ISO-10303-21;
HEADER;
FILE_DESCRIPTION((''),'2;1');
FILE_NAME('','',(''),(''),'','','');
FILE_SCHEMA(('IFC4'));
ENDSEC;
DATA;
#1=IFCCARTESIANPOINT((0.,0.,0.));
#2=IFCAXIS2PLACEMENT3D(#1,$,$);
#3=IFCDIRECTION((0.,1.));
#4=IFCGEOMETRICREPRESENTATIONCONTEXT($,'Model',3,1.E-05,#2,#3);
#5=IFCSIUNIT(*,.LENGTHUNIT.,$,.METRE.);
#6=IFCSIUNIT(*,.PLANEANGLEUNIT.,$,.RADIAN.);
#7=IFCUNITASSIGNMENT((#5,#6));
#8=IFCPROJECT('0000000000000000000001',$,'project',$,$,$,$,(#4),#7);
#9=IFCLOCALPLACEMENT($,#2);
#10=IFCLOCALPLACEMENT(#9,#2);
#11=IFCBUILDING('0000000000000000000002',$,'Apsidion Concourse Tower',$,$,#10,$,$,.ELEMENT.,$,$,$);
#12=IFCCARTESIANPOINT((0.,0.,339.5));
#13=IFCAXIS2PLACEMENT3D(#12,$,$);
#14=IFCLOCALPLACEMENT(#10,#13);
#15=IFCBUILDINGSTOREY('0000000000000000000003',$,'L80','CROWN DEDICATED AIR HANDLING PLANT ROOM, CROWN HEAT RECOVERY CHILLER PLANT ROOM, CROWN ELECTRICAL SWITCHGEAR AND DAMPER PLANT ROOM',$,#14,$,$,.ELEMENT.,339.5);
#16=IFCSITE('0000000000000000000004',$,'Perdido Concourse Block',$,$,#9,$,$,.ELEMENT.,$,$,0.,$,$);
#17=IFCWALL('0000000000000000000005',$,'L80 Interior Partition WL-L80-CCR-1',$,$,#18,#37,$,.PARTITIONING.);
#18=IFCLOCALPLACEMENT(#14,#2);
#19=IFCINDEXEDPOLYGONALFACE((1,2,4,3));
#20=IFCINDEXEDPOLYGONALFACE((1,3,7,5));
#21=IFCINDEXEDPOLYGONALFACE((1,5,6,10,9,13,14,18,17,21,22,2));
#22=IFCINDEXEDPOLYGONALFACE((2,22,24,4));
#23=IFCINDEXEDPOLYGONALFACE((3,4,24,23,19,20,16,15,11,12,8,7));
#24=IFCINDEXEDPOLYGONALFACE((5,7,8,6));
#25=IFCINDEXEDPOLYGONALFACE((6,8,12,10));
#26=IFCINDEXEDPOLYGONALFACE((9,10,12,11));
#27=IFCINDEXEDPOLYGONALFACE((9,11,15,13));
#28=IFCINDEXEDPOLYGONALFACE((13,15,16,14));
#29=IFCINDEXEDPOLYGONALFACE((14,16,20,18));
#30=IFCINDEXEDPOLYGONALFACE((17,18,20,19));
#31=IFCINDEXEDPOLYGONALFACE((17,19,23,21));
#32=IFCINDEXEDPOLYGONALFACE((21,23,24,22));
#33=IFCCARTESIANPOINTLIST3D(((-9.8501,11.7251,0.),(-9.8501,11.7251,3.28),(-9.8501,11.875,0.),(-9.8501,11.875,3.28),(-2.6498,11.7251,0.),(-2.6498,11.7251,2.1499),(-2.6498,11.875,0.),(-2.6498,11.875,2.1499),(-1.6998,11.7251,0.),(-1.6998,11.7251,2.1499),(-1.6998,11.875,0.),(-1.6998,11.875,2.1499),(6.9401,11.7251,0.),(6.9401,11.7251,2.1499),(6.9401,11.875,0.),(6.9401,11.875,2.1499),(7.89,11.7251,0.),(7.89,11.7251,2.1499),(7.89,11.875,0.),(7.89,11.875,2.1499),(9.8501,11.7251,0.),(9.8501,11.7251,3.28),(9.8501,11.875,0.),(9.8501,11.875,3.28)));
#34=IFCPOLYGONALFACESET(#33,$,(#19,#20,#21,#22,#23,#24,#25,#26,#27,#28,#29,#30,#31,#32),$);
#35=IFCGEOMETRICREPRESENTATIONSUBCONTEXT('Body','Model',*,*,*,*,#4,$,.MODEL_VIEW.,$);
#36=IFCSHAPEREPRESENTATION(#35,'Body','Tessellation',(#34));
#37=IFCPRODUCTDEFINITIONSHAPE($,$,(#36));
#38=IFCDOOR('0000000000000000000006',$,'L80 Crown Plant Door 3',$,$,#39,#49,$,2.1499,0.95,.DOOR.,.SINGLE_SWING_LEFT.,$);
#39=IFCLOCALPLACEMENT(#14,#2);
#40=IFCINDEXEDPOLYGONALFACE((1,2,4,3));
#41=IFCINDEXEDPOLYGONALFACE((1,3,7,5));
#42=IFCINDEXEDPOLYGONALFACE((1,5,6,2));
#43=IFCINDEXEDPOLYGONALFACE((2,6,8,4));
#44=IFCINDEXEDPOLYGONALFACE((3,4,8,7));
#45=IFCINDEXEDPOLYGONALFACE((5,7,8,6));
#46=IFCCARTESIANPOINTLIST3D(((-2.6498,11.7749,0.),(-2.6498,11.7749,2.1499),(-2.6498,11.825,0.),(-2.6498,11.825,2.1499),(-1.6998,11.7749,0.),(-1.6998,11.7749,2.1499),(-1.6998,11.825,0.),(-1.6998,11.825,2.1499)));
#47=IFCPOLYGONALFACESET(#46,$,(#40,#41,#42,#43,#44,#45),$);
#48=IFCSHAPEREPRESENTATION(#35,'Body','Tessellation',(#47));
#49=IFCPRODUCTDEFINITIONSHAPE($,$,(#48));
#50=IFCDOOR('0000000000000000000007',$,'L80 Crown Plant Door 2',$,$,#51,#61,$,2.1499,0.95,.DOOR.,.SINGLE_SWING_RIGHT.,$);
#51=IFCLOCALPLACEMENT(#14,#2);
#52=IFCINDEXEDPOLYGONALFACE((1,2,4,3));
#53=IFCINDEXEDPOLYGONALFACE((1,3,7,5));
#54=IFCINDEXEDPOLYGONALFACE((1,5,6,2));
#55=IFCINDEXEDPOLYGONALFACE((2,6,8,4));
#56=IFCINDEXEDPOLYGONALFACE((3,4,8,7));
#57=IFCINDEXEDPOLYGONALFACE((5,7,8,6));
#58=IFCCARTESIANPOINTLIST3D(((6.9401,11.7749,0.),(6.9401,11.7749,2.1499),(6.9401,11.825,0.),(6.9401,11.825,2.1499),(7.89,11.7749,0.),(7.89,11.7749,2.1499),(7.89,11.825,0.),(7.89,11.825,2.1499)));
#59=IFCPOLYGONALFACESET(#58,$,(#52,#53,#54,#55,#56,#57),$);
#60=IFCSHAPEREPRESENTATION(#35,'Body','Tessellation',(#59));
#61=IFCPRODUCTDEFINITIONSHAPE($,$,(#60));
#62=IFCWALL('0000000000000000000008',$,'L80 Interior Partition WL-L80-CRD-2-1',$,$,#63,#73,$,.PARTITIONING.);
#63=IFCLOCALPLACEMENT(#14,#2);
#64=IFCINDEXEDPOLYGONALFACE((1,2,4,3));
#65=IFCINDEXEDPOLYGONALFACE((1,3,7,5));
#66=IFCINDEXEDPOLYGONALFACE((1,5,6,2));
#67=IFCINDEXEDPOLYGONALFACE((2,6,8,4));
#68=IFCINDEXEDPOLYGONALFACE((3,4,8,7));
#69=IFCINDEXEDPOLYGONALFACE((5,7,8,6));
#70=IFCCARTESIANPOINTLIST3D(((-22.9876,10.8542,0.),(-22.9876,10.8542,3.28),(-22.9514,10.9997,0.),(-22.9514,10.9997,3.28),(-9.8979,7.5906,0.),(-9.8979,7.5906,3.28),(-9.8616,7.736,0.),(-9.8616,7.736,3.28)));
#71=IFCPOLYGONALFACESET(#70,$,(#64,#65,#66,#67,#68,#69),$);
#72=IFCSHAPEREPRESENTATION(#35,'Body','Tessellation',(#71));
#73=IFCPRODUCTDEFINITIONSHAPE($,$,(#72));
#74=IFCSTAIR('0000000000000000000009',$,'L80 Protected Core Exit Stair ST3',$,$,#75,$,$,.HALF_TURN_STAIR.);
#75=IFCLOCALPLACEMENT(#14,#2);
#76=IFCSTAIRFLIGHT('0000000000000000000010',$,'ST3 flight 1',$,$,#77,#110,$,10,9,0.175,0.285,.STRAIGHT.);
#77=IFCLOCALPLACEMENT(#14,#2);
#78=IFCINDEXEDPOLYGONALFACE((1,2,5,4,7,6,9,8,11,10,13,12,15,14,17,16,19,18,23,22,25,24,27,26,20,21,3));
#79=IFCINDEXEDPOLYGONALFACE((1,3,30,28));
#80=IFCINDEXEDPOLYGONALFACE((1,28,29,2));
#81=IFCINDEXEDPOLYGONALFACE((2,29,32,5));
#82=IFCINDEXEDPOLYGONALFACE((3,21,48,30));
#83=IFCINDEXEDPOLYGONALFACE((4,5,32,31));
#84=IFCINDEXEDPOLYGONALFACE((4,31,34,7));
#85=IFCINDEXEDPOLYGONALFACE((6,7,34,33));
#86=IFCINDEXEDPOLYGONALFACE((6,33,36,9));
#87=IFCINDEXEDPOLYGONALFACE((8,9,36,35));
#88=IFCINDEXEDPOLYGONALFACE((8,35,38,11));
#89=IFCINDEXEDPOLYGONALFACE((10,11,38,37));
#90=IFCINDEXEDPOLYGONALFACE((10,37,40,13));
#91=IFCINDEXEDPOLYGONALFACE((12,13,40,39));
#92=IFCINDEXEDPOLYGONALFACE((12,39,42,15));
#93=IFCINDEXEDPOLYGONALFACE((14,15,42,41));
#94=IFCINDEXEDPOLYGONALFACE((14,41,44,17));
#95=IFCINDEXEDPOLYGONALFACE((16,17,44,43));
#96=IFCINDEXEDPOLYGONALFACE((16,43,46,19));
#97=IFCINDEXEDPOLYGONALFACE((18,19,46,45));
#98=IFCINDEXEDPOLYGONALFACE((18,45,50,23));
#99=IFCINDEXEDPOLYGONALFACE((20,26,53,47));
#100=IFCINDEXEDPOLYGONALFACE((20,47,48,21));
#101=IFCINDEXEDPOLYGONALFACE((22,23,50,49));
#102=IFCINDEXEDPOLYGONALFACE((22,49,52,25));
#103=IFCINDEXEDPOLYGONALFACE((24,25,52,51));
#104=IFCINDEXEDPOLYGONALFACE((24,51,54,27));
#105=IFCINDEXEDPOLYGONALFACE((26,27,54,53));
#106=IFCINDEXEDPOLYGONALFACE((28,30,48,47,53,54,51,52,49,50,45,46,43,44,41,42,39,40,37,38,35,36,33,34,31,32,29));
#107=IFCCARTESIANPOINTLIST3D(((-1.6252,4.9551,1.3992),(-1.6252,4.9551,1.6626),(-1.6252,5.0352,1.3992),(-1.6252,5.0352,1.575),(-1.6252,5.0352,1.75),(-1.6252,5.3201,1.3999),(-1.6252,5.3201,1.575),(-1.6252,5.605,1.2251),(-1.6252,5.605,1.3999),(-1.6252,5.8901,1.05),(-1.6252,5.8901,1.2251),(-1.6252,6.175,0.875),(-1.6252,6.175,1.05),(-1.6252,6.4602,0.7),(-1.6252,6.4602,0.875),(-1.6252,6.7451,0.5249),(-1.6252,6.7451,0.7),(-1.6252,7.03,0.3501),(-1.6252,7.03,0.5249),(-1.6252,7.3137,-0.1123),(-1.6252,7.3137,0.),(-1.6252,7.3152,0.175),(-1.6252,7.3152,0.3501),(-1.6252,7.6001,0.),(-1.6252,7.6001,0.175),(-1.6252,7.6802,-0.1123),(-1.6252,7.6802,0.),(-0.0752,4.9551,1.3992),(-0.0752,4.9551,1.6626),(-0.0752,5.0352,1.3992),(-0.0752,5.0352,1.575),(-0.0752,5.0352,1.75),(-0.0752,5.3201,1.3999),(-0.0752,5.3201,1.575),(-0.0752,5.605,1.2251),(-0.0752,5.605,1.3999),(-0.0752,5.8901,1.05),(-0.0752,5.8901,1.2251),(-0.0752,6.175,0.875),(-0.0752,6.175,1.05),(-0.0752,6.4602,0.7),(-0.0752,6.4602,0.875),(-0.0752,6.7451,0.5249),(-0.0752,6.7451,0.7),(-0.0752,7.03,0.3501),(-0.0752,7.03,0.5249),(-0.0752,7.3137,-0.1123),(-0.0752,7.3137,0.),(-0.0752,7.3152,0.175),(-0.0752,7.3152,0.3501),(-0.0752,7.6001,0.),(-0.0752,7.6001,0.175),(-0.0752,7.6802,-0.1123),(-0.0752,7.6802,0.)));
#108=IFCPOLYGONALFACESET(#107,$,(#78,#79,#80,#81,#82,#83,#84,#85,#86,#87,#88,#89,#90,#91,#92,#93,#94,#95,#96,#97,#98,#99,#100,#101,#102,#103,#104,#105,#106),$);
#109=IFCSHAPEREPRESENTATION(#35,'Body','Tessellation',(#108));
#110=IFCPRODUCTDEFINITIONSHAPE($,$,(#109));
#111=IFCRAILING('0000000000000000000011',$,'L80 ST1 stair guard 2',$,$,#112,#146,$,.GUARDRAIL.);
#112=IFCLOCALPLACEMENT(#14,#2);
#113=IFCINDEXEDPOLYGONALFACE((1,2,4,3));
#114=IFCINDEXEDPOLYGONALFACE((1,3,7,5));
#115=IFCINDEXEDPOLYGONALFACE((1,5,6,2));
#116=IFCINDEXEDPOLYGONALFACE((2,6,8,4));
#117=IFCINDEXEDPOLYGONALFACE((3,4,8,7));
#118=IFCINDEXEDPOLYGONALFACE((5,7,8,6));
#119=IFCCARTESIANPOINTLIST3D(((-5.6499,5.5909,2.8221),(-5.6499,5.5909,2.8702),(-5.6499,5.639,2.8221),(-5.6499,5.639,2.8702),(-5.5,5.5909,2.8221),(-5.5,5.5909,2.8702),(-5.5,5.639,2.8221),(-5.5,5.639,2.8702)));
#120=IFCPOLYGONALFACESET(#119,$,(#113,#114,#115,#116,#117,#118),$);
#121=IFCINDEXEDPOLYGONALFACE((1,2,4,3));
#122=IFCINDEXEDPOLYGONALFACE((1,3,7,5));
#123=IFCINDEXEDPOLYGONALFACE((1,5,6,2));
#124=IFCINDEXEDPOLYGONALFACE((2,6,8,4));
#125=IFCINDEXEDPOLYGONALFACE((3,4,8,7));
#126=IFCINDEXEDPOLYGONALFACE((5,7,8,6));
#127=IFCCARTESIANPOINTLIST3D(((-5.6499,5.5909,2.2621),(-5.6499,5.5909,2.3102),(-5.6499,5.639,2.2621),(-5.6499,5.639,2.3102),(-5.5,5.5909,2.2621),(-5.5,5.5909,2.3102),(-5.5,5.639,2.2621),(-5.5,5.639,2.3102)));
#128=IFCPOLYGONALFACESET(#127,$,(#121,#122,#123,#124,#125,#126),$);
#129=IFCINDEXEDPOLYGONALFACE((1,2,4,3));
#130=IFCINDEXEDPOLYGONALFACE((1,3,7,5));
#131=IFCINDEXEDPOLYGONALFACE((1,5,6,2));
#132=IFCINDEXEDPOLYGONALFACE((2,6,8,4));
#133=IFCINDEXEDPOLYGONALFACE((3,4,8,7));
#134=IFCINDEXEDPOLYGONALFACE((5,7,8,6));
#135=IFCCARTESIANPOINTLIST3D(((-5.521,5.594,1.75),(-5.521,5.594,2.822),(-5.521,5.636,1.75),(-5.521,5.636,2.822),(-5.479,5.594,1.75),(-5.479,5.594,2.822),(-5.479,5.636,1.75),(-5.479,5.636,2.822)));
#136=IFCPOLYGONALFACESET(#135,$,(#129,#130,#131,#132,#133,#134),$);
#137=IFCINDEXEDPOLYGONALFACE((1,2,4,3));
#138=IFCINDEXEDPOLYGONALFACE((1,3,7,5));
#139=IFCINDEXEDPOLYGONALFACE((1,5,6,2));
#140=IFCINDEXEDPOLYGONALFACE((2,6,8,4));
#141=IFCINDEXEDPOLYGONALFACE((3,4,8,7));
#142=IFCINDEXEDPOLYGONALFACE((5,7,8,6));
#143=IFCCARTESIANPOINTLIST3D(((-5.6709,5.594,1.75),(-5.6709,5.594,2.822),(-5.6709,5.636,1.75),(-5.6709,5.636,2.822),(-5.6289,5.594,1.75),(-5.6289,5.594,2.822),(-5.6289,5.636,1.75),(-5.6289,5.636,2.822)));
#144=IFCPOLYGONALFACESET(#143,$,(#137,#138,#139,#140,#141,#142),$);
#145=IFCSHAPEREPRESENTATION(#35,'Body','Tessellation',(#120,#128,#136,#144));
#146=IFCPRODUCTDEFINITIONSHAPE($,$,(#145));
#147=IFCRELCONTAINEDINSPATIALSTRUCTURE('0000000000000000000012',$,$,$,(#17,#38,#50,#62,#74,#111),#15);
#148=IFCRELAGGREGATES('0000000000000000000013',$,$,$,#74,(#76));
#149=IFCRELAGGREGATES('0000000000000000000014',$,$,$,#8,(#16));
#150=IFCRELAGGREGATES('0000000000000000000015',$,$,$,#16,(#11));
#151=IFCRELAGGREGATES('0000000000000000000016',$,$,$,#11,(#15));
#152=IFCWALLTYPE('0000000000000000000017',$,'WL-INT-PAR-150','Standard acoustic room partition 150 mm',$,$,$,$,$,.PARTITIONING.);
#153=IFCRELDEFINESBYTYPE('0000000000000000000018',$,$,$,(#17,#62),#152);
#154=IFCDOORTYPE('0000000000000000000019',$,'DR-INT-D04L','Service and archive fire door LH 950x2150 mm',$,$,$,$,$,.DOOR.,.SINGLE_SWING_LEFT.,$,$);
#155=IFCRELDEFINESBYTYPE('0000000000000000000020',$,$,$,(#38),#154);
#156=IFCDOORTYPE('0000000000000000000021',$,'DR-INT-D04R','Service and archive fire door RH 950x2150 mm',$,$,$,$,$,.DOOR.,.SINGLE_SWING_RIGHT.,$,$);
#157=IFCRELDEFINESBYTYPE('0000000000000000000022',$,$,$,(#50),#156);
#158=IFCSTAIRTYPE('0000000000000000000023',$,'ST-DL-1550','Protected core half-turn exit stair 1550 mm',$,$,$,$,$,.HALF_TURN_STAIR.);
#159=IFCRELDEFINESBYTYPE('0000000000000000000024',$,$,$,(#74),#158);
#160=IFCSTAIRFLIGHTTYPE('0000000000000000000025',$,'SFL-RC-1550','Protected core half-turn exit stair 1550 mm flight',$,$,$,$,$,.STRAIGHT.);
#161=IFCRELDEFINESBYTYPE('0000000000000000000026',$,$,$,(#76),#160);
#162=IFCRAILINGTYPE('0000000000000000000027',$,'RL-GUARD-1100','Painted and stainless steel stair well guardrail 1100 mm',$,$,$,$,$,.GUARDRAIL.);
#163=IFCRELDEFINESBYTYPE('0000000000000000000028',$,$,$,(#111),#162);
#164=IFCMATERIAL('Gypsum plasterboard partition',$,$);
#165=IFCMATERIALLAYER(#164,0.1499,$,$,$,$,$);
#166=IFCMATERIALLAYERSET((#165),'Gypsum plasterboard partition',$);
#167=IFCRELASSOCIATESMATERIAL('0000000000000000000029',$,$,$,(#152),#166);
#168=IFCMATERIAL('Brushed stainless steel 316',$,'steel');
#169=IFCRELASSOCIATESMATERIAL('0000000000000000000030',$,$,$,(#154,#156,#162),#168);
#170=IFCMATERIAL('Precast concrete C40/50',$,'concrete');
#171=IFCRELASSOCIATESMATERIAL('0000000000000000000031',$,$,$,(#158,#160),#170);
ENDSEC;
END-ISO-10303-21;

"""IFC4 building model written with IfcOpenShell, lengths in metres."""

from ifc_helpers import new_model, si_unit, direction, frame, frame_2d, origin, origin_2d, place, context, subcontext, project, spatial, polyline, rectangle, outline, extrude, material, layer, layer_set, type_object, element, fill, aggregate, save


model = new_model("IFC4")

# Units and contexts
model_context = context("Model", 3, precision=1e-05, world=origin(), true_north=direction((0.0, 1.0)))
body_context = subcontext(model_context, "Body", "Model", "MODEL_VIEW")
ifc_project = project(units=[si_unit("LENGTHUNIT", "METRE"), si_unit("PLANEANGLEUNIT", "RADIAN")], contexts=[model_context])

# Site, building, storey
site_placement = place(None, origin())
site = spatial("IfcSite", under=ifc_project, at=site_placement, Name="Perdido Concourse Block", CompositionType="ELEMENT", RefElevation=0.0)
building_placement = place(site_placement, origin())
building = spatial("IfcBuilding", under=site, at=building_placement, Name="Apsidion Concourse Tower", CompositionType="ELEMENT")
storey_placement = place(building_placement, frame((0.0, 0.0, 339.5)))
storey = spatial("IfcBuildingStorey", under=building, at=storey_placement, Name="L80", Description="CROWN DEDICATED AIR HANDLING PLANT ROOM, CROWN HEAT RECOVERY CHILLER PLANT ROOM, CROWN ELECTRICAL SWITCHGEAR AND DAMPER PLANT ROOM", CompositionType="ELEMENT", Elevation=339.5)

# Shared definitions
ifc_material_1 = material(Name="Precast concrete C40/50", Category="concrete")

# Wall, openings, doors
ifc_material_2 = material(Name="Gypsum plasterboard partition")
ifc_layer_1 = layer(ifc_material_2, 0.1499)
ifc_layer_set_1 = layer_set([ifc_layer_1], Name="Gypsum plasterboard partition")
wall_type_1 = type_object("IfcWallType", Name="WL-INT-PAR-150", Description="Standard acoustic room partition 150 mm", PredefinedType="PARTITIONING", material=ifc_layer_set_1)
wall_1_placement = place(storey_placement, frame((-9.8501, 11.8, 0.0), z_axis=(0.0, 0.0, 1.0), x_axis=(1.0, 0.0, 0.0)))
wall_1 = element("IfcWall", 1, at=wall_1_placement, inside=storey, type_object=wall_type_1, Name="L80 Interior Partition WL-L80-CCR-1", PredefinedType="PARTITIONING", context=body_context, shape_type="SweptSolid", body=[
    extrude(rectangle(XDim=19.7002, YDim=0.1499, at=frame_2d((9.8501, 0.0))), origin(), (0.0, 0.0, 1.0), 3.28),
])
opening_1_placement = place(wall_1_placement, frame((16.79, 0.0, 0.0)))
opening_1 = element("IfcOpeningElement", 2, at=opening_1_placement, cuts=wall_1, PredefinedType="OPENING", context=body_context, shape_type="SweptSolid", body=[
    extrude(rectangle(XDim=0.95, YDim=2.1499, at=frame_2d((0.4751, 1.075))), frame((0.0, 0.085, 0.0), z_axis=(0.0, -1.0, 0.0), x_axis=(1.0, 0.0, 0.0)), (0.0, 0.0, 1.0), 0.1699),
])
opening_2_placement = place(wall_1_placement, frame((7.2002, 0.0, 0.0)))
opening_2 = element("IfcOpeningElement", 3, at=opening_2_placement, cuts=wall_1, PredefinedType="OPENING", context=body_context, shape_type="SweptSolid", body=[
    extrude(rectangle(XDim=0.95, YDim=2.1499, at=frame_2d((0.4751, 1.075))), frame((0.0, 0.085, 0.0), z_axis=(0.0, -1.0, 0.0), x_axis=(1.0, 0.0, 0.0)), (0.0, 0.0, 1.0), 0.1699),
])
ifc_material_3 = material(Name="Brushed stainless steel 316", Category="steel")
door_type_1 = type_object("IfcDoorType", Name="DR-INT-D04L", Description="Service and archive fire door LH 950x2150 mm", OperationType="SINGLE_SWING_LEFT", PredefinedType="DOOR", material=ifc_material_3)
door_1_placement = place(opening_2_placement, origin())
door_1 = element("IfcDoor", 4, at=door_1_placement, inside=storey, type_object=door_type_1, Name="L80 Crown Plant Door 3", OperationType="SINGLE_SWING_LEFT", OverallHeight=2.1499, OverallWidth=0.95, PredefinedType="DOOR", context=body_context, shape_type="SweptSolid", body=[
    extrude(rectangle(XDim=0.95, YDim=2.1499, at=frame_2d((0.4751, 1.075))), frame((0.0, 0.0249, 0.0), z_axis=(0.0, -1.0, 0.0), x_axis=(1.0, 0.0, 0.0)), (0.0, 0.0, 1.0), 0.05),
])
fill(opening_2, door_1)
door_type_2 = type_object("IfcDoorType", Name="DR-INT-D04R", Description="Service and archive fire door RH 950x2150 mm", OperationType="SINGLE_SWING_RIGHT", PredefinedType="DOOR", material=ifc_material_3)
door_2_placement = place(opening_1_placement, origin())
door_2 = element("IfcDoor", 5, at=door_2_placement, inside=storey, type_object=door_type_2, Name="L80 Crown Plant Door 2", OperationType="SINGLE_SWING_RIGHT", OverallHeight=2.1499, OverallWidth=0.95, PredefinedType="DOOR", context=body_context, shape_type="SweptSolid", body=[
    extrude(rectangle(XDim=0.95, YDim=2.1499, at=frame_2d((0.4751, 1.075))), frame((0.0, 0.0249, 0.0), z_axis=(0.0, -1.0, 0.0), x_axis=(1.0, 0.0, 0.0)), (0.0, 0.0, 1.0), 0.05),
])
fill(opening_1, door_2)

# Wall
wall_2_placement = place(storey_placement, frame((-9.8799, 7.6633, 0.0), z_axis=(0.0, 0.0, 1.0), x_axis=(-0.970296, 0.241922, 0.0)))
element("IfcWall", 6, at=wall_2_placement, inside=storey, type_object=wall_type_1, Name="L80 Interior Partition WL-L80-CRD-2-1", PredefinedType="PARTITIONING", context=body_context, shape_type="SweptSolid", body=[
    extrude(rectangle(XDim=13.4905, YDim=0.1499, at=frame_2d((6.7451, 0.0))), origin(), (0.0, 0.0, 1.0), 3.28),
])

# Stair, stair flight
stair_type = type_object("IfcStairType", Name="ST-DL-1550", Description="Protected core half-turn exit stair 1550 mm", PredefinedType="HALF_TURN_STAIR", material=ifc_material_1)
stair_placement = place(storey_placement, origin())
stair = element("IfcStair", 7, at=stair_placement, inside=storey, type_object=stair_type, Name="L80 Protected Core Exit Stair ST3", PredefinedType="HALF_TURN_STAIR")
stair_flight_type = type_object("IfcStairFlightType", Name="SFL-RC-1550", Description="Protected core half-turn exit stair 1550 mm flight", PredefinedType="STRAIGHT", material=ifc_material_1)
stair_flight_placement = place(storey_placement, frame((-0.8501, 7.6001, 0.0), z_axis=(0.0, 0.0, 1.0), x_axis=(0.0, -1.0, 0.0)))
stair_flight = element("IfcStairFlight", 8, at=stair_flight_placement, type_object=stair_flight_type, Name="ST3 flight 1", NumberOfRisers=10, NumberOfTreads=9, PredefinedType="STRAIGHT", RiserHeight=0.175, TreadLength=0.285, context=body_context, shape_type="SweptSolid", body=[
    extrude(outline(polyline([(-0.0801, -0.1123), (-0.0801, 0.0), (0.0, 0.0), (0.0, 0.175), (0.2849, 0.175), (0.2849, 0.3501), (0.5701, 0.3501), (0.5701, 0.5249), (0.855, 0.5249), (0.855, 0.7), (1.1399, 0.7), (1.1399, 0.875), (1.425, 0.875), (1.425, 1.05), (1.71, 1.05), (1.71, 1.2251), (1.9951, 1.2251), (1.9951, 1.3999), (2.28, 1.3999), (2.28, 1.575), (2.5649, 1.575), (2.5649, 1.75), (2.645, 1.6626), (2.645, 1.3992), (2.5649, 1.3992), (0.2864, 0.0), (0.2864, -0.1123), (-0.0801, -0.1123)])), frame((0.0, 0.7749, 0.0), z_axis=(0.0, -1.0, 0.0), x_axis=(1.0, 0.0, 0.0)), (0.0, 0.0, 1.0), 1.55),
])
aggregate(stair, [stair_flight])

# Railing
railing_type_1 = type_object("IfcRailingType", Name="RL-GUARD-1100", Description="Painted and stainless steel stair well guardrail 1100 mm", PredefinedType="GUARDRAIL", material=ifc_material_3)
railing_1_placement = place(storey_placement, frame((-5.5, 5.615, 1.75)))
element("IfcRailing", 9, at=railing_1_placement, inside=storey, type_object=railing_type_1, Name="L80 ST1 stair guard 2", PredefinedType="GUARDRAIL", context=body_context, shape_type="SweptSolid", body=[
    extrude(rectangle(XDim=0.0481, YDim=0.0481, at=origin_2d()), frame((0.0, 0.0, 1.0962), z_axis=(-1.0, 0.0, 0.0), x_axis=(0.0, -1.0, 0.0)), (0.0, 0.0, 1.0), 0.1499),
    extrude(rectangle(XDim=0.0481, YDim=0.0481, at=origin_2d()), frame((0.0, 0.0, 0.5361), z_axis=(-1.0, 0.0, 0.0), x_axis=(0.0, -1.0, 0.0)), (0.0, 0.0, 1.0), 0.1499),
    extrude(rectangle(XDim=0.042, YDim=0.042, at=origin_2d()), origin(), (0.0, 0.0, 1.0), 1.072),
    extrude(rectangle(XDim=0.042, YDim=0.042, at=origin_2d()), frame((-0.1499, 0.0, 0.0)), (0.0, 0.0, 1.0), 1.072),
])

save(model, "model.ifc")
